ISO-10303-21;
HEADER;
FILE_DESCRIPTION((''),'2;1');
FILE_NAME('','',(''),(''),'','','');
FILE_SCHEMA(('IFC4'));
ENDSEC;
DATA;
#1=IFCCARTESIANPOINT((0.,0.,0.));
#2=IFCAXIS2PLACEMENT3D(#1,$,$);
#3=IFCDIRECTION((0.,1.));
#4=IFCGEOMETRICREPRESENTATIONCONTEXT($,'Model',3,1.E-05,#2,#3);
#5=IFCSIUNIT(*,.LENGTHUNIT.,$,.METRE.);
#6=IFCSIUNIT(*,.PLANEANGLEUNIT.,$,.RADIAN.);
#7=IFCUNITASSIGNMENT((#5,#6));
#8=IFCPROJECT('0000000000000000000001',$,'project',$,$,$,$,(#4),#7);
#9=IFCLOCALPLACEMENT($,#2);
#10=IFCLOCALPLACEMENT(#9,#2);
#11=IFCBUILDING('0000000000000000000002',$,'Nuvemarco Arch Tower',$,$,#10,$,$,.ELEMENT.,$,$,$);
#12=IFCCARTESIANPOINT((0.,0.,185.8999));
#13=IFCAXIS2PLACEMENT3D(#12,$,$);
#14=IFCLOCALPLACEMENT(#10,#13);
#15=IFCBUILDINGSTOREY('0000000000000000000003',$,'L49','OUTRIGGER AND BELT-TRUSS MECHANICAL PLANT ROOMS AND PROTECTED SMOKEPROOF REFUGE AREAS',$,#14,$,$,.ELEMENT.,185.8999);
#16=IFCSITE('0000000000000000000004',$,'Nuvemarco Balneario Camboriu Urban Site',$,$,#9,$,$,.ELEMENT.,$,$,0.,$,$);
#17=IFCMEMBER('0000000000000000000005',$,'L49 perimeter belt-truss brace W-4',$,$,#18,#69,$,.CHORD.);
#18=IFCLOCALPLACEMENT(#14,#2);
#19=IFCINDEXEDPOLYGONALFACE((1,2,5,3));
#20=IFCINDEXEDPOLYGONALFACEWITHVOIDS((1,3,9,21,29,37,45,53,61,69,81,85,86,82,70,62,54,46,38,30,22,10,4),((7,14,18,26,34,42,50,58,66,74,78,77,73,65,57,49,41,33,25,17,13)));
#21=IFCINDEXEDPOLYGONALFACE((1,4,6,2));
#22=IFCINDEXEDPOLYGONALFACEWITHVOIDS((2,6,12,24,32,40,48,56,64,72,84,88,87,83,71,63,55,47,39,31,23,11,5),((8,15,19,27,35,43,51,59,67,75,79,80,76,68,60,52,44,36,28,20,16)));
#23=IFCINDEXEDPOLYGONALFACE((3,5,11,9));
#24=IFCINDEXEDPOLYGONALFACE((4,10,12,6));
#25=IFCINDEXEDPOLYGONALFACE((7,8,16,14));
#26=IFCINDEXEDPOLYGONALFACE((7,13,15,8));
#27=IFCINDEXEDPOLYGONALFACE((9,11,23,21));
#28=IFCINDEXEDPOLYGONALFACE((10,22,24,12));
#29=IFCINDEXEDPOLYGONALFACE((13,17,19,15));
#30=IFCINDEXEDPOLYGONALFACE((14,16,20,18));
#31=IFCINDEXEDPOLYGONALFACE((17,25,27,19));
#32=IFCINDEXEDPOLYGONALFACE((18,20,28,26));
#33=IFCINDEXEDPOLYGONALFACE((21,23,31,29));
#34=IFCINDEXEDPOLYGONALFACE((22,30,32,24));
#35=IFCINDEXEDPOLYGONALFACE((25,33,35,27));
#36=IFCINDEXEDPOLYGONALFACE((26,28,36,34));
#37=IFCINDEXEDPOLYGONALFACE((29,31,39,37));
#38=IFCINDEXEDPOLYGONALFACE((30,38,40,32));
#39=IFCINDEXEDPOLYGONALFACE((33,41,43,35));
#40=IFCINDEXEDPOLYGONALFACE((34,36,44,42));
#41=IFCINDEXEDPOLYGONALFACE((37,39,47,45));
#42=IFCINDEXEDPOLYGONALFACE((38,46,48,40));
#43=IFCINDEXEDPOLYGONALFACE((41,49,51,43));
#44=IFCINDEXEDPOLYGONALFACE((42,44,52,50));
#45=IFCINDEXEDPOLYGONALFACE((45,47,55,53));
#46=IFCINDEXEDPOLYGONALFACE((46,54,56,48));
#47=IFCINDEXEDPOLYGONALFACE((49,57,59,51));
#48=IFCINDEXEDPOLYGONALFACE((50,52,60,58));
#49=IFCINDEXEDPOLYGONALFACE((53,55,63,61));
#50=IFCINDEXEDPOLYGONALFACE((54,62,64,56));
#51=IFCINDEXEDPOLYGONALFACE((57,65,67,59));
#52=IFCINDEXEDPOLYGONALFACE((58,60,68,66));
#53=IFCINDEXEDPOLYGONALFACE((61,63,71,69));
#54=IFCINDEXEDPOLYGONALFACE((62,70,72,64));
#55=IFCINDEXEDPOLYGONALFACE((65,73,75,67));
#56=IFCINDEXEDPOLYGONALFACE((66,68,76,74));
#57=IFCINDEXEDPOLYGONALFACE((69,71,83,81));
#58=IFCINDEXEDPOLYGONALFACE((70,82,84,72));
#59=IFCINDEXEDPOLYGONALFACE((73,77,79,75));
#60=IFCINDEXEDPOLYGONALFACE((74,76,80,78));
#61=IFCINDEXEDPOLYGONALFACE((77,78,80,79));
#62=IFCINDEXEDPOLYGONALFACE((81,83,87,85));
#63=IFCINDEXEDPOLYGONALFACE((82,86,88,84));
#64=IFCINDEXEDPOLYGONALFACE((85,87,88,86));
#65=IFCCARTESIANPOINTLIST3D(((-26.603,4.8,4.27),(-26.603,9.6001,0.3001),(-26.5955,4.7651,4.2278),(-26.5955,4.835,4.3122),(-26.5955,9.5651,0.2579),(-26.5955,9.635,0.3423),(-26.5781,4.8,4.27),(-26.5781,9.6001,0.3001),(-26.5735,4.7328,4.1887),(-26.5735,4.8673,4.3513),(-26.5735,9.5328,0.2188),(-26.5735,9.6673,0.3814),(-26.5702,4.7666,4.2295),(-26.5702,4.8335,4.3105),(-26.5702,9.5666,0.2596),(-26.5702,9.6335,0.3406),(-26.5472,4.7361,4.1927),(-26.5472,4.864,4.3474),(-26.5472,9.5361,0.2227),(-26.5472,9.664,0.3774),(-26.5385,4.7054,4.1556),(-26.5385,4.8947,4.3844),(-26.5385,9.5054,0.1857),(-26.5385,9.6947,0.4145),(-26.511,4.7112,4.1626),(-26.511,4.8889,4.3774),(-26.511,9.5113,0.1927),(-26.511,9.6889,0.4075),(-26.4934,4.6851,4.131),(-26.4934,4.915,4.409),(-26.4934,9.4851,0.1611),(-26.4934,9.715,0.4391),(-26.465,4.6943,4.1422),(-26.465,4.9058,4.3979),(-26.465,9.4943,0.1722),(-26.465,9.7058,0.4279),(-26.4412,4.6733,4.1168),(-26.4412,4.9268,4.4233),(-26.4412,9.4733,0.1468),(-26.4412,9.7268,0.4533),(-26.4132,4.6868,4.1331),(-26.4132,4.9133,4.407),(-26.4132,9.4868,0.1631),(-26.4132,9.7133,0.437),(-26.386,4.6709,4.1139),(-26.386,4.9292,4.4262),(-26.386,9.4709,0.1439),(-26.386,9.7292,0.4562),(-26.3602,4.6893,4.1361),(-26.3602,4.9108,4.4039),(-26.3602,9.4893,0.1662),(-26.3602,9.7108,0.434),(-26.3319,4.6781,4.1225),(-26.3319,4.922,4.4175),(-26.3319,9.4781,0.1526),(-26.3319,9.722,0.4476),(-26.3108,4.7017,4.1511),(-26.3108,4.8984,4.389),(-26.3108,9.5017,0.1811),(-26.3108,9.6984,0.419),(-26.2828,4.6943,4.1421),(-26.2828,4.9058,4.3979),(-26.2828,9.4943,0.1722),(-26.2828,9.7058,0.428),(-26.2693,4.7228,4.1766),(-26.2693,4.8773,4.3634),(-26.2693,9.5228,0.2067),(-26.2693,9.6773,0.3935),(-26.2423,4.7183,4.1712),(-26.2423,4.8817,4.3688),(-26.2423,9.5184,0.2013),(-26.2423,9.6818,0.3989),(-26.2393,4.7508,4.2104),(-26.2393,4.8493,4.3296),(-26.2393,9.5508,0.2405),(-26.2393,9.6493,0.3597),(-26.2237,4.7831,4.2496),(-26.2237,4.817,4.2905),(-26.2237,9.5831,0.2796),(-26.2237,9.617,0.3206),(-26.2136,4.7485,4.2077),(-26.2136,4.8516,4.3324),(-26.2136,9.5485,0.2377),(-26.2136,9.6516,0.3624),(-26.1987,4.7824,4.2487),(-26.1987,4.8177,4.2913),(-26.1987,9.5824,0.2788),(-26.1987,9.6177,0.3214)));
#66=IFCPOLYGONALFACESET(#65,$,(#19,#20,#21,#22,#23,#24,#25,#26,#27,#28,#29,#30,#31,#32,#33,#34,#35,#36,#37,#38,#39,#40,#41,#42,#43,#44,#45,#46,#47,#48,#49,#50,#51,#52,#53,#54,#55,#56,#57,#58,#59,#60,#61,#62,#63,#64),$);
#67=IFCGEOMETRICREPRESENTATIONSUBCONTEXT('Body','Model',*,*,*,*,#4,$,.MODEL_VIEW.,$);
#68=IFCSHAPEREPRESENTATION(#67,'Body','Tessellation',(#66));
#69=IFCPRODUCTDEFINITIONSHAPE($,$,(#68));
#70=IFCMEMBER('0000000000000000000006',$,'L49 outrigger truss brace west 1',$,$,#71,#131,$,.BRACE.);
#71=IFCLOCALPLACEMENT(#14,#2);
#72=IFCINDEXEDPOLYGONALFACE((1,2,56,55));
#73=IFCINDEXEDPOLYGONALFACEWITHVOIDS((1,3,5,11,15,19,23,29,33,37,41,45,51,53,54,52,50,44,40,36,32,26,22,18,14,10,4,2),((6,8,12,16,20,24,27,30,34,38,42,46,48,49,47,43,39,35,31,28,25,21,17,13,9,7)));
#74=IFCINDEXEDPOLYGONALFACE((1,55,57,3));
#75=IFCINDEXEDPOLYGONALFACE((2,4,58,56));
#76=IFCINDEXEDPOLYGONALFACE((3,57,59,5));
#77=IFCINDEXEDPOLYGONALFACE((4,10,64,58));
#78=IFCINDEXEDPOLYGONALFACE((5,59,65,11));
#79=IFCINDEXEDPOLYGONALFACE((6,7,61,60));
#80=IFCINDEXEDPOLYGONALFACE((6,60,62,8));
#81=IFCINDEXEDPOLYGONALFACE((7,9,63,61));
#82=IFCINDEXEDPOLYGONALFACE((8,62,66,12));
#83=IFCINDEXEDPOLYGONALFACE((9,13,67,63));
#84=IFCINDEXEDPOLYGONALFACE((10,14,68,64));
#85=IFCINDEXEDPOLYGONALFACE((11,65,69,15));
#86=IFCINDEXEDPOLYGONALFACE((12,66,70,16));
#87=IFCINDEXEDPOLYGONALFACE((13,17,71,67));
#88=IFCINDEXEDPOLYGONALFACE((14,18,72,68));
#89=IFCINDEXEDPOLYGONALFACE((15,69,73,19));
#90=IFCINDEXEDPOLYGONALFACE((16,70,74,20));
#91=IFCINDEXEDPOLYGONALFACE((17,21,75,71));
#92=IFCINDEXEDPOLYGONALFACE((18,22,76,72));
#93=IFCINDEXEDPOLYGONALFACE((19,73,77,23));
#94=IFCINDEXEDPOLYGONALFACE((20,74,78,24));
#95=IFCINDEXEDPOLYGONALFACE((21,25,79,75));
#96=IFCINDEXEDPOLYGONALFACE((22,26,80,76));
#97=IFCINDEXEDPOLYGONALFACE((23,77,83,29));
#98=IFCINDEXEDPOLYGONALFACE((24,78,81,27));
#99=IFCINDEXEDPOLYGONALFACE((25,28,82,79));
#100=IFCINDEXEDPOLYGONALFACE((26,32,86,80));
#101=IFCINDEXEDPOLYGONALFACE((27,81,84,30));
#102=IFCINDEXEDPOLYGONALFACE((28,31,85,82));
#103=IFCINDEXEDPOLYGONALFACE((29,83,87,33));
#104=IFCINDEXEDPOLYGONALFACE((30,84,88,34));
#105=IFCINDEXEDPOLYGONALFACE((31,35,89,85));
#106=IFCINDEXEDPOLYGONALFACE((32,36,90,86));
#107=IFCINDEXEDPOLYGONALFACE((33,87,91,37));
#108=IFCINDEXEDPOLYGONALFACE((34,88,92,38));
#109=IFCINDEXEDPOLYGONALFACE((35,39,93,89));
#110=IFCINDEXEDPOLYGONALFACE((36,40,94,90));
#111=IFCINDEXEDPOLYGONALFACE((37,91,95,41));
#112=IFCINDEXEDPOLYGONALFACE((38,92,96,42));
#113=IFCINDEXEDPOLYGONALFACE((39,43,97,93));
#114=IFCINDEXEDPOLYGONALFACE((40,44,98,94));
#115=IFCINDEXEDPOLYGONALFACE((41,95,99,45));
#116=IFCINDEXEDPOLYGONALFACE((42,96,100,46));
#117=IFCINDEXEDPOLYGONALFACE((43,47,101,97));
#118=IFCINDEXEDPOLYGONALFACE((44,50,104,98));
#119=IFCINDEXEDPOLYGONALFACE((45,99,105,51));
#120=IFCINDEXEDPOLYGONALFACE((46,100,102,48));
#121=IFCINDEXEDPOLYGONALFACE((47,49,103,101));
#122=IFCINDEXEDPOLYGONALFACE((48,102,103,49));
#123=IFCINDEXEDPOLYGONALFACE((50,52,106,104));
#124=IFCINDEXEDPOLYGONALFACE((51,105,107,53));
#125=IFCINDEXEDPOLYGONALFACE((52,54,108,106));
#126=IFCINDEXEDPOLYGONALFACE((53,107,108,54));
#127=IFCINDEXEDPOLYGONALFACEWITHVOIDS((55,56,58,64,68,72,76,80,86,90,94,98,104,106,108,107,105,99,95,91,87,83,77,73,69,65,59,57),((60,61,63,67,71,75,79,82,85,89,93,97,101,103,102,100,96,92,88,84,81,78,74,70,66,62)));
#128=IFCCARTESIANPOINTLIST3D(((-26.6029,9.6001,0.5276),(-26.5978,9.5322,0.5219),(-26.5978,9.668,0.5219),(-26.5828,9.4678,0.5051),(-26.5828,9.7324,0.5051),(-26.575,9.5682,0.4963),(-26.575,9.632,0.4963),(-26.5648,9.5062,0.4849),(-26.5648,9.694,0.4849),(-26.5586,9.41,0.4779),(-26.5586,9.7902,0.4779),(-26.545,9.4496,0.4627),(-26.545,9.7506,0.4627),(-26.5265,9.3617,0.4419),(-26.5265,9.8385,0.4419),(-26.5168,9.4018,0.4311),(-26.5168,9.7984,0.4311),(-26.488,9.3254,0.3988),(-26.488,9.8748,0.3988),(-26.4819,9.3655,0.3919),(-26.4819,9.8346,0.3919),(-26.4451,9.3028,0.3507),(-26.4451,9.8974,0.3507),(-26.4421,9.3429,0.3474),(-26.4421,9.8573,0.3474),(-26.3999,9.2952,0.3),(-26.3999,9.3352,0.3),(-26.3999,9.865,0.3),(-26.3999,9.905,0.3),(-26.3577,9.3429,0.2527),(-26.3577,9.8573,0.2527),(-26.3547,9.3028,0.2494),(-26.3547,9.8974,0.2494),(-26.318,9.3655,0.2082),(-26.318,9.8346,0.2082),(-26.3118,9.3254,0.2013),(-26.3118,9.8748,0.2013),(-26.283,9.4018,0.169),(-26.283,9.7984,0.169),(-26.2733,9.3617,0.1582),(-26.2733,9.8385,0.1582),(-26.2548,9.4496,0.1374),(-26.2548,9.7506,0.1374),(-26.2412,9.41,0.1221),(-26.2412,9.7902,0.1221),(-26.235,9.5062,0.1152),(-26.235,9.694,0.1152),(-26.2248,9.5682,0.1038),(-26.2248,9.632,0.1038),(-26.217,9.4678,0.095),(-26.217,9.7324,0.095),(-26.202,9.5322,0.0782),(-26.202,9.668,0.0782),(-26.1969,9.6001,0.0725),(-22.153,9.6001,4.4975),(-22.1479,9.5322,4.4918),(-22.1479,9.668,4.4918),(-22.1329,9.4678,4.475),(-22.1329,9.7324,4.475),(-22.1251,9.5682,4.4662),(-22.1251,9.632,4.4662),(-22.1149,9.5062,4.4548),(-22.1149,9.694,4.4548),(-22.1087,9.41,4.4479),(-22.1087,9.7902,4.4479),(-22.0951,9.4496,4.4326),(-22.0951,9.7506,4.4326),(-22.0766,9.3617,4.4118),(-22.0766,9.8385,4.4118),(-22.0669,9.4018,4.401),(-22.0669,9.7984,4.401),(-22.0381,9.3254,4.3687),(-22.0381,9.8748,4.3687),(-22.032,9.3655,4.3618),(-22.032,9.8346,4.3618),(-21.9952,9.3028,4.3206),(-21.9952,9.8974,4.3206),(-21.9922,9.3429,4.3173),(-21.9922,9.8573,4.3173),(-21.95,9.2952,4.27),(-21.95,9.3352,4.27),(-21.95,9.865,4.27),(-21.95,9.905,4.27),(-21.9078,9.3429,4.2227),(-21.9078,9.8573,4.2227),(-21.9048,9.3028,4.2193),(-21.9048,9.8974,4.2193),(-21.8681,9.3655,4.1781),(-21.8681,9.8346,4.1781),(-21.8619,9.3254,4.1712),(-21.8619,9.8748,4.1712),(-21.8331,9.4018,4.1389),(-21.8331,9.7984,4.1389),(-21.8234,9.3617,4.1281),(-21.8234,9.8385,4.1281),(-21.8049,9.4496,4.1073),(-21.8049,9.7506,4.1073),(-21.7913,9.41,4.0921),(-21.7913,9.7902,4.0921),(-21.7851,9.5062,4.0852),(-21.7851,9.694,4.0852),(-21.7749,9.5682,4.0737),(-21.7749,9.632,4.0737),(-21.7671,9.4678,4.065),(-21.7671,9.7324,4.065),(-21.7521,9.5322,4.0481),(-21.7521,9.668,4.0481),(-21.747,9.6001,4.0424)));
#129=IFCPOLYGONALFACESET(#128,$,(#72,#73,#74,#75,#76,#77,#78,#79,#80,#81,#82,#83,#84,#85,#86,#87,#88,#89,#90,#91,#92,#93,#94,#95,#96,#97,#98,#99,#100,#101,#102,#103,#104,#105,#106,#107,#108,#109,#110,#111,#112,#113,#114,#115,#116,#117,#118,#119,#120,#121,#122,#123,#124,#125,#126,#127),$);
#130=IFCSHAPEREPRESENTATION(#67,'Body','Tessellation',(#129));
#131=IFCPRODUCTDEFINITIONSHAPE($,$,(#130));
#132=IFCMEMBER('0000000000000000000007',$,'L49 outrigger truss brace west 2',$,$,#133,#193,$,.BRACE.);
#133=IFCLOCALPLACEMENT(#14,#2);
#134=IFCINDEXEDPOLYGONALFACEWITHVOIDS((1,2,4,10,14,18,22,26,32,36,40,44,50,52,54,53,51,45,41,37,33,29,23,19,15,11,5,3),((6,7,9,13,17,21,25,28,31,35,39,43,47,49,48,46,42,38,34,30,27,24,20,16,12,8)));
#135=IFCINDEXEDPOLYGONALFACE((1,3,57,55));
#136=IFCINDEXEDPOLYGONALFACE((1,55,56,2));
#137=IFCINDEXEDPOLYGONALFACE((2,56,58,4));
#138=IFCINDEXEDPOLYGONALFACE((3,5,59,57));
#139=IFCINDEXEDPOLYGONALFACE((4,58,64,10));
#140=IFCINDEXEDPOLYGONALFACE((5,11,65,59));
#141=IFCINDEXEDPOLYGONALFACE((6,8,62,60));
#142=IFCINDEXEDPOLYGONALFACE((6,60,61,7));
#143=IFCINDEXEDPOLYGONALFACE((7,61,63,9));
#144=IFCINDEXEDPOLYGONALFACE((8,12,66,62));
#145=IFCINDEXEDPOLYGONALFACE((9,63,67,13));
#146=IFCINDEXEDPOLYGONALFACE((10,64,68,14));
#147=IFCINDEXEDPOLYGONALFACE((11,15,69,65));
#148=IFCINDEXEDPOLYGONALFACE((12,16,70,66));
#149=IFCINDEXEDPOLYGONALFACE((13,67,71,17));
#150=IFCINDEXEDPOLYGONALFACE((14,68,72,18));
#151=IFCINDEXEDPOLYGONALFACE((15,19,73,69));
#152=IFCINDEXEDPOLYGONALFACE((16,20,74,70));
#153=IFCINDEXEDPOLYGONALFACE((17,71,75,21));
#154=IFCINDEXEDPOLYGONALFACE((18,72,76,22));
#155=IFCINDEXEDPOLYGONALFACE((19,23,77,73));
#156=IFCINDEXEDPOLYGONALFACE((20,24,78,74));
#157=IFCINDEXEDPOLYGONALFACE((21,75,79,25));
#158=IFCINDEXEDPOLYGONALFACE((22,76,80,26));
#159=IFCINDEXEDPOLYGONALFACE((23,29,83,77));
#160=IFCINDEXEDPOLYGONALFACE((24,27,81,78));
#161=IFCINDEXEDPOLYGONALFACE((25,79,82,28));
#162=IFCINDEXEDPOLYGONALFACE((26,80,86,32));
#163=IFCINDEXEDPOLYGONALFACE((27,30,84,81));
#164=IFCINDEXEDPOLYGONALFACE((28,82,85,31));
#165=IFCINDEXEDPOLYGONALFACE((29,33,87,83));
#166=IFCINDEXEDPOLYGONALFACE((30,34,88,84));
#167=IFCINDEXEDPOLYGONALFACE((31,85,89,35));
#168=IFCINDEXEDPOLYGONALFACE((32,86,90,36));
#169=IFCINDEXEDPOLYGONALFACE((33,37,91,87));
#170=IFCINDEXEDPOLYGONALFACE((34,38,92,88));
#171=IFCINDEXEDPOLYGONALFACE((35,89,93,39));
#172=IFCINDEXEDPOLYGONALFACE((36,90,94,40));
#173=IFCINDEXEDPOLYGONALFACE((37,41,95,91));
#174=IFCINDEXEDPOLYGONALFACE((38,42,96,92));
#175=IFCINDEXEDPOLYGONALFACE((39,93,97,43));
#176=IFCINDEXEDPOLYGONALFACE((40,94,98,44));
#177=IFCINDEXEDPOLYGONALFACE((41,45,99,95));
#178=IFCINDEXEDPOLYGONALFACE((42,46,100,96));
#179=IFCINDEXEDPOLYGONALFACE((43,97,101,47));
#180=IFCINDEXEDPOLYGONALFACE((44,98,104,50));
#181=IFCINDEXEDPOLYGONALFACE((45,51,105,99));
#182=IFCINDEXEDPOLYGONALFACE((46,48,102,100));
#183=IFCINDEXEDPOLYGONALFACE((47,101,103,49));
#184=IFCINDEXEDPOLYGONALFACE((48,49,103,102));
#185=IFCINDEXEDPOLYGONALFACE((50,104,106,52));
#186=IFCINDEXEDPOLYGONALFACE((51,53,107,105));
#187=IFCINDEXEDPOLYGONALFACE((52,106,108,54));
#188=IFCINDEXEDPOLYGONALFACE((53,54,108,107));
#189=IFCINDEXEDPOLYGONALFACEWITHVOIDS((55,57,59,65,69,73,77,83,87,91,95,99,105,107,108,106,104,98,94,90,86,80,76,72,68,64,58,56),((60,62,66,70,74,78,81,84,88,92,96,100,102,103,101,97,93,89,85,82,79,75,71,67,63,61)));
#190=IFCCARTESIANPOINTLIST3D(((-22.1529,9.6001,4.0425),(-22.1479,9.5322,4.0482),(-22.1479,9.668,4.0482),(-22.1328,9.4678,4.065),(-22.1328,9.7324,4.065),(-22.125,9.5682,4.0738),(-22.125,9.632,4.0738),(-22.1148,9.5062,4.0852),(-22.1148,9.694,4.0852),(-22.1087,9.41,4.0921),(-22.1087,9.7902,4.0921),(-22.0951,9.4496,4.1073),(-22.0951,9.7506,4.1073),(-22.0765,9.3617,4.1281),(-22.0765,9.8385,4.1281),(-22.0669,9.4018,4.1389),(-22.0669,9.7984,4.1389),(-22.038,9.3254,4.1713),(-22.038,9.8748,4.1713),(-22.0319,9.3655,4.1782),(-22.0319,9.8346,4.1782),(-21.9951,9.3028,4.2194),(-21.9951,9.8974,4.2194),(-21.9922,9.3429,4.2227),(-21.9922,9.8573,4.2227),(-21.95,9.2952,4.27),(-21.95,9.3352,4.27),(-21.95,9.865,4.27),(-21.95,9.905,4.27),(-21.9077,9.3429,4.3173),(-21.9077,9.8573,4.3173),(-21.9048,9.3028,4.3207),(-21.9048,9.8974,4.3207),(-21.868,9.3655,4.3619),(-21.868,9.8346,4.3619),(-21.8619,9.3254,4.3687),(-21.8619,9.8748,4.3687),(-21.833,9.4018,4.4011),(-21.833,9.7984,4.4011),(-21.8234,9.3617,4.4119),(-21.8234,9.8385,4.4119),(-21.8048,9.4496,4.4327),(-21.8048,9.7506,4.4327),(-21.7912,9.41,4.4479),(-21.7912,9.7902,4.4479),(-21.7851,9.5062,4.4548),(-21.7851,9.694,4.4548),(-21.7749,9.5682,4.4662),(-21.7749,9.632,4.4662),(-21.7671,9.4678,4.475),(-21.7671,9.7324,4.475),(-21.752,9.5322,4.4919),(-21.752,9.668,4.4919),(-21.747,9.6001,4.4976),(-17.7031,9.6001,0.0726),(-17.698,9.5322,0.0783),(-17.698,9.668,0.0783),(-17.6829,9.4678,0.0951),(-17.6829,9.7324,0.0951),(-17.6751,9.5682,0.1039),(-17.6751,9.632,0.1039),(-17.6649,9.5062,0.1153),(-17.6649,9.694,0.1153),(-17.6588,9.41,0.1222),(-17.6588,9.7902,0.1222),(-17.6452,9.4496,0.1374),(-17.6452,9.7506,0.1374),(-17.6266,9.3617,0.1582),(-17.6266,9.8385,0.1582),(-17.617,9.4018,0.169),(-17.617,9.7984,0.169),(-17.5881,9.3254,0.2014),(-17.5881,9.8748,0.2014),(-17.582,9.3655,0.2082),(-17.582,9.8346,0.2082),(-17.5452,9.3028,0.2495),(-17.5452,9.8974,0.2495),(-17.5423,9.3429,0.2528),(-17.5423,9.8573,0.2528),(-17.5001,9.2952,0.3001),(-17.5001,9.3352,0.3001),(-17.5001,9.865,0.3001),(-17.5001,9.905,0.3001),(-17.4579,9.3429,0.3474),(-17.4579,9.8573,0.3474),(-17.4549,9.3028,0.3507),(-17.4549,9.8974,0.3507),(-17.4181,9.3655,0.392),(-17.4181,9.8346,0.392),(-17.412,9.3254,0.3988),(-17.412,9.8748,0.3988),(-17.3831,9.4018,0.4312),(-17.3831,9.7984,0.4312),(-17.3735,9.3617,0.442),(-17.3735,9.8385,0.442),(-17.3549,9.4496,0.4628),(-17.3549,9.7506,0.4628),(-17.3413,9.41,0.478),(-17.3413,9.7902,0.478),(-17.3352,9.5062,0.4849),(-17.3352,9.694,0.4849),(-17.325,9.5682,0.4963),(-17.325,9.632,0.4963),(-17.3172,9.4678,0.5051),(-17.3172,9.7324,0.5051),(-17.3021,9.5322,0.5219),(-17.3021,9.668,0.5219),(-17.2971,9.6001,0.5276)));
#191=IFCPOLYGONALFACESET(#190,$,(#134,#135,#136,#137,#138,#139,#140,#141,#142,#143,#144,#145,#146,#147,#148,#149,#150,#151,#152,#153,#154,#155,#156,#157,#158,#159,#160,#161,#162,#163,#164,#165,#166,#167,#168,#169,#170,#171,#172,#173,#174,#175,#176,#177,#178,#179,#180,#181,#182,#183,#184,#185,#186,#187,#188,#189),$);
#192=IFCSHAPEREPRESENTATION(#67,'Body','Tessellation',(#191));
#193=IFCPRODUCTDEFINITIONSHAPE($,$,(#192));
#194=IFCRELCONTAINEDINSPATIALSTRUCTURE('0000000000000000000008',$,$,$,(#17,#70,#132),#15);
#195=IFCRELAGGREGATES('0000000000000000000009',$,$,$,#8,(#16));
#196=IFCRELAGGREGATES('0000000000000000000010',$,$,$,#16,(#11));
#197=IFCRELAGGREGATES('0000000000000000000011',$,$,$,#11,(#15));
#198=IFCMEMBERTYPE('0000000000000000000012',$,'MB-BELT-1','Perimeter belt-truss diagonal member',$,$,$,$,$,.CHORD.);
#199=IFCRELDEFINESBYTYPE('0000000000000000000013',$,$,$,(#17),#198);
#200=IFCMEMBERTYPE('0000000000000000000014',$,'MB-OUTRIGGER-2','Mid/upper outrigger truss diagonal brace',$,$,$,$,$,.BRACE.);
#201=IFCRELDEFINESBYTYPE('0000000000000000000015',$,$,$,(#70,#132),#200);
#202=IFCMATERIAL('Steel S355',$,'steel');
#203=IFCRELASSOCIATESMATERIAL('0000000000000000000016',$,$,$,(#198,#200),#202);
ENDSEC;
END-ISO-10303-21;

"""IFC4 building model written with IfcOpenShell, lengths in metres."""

from ifc_helpers import new_model, si_unit, direction, frame, origin, origin_2d, place, context, subcontext, project, spatial, hollow_circle, extrude, material, material_profile, profile_set, type_object, element, save


model = new_model("IFC4")

# Units and contexts
model_context = context("Model", 3, precision=1e-05, world=origin(), true_north=direction((0.0, 1.0)))
body_context = subcontext(model_context, "Body", "Model", "MODEL_VIEW")
ifc_project = project(units=[si_unit("LENGTHUNIT", "METRE"), si_unit("PLANEANGLEUNIT", "RADIAN")], contexts=[model_context])

# Site, building, storey
site_placement = place(None, origin())
site = spatial("IfcSite", under=ifc_project, at=site_placement, Name="Nuvemarco Balneario Camboriu Urban Site", CompositionType="ELEMENT", RefElevation=0.0)
building_placement = place(site_placement, origin())
building = spatial("IfcBuilding", under=site, at=building_placement, Name="Nuvemarco Arch Tower", CompositionType="ELEMENT")
storey_placement = place(building_placement, frame((0.0, 0.0, 185.8999)))
storey = spatial("IfcBuildingStorey", under=building, at=storey_placement, Name="L49", Description="OUTRIGGER AND BELT-TRUSS MECHANICAL PLANT ROOMS AND PROTECTED SMOKEPROOF REFUGE AREAS", CompositionType="ELEMENT", Elevation=185.8999)

# Shared definitions
ifc_material_1 = material(Name="Steel S355", Category="steel")

# Members
ifc_material_profile_1 = material_profile(ifc_material_1, hollow_circle(Radius=0.2031, WallThickness=0.0249, at=origin_2d()), Name="CHS406.4x25")
ifc_profile_set_1 = profile_set([ifc_material_profile_1], Name="Steel S355")
member_type_1 = type_object("IfcMemberType", Name="MB-BELT-1", Description="Perimeter belt-truss diagonal member", PredefinedType="CHORD", material=ifc_profile_set_1)
for number, where, z_axis, x_axis, name in (
    (1, (-26.3999, 4.8, 4.27), (0.0, 0.77059, -0.637331), (-1.0, 0.0, 0.0), "L49 perimeter belt-truss brace W-4"),
):
    element("IfcMember", number, at=place(storey_placement, frame(where, z_axis=z_axis, x_axis=x_axis)), inside=storey, type_object=member_type_1, Name=name, PredefinedType="CHORD", context=body_context, shape_type="SweptSolid", body=[
        extrude(hollow_circle(Radius=0.2031, WallThickness=0.0249, at=origin_2d()), origin(), (0.0, 0.0, 1.0), 6.229),
    ])
ifc_material_profile_2 = material_profile(ifc_material_1, hollow_circle(Radius=0.3049, WallThickness=0.04, at=origin_2d()), Name="CHS610x40")
ifc_profile_set_2 = profile_set([ifc_material_profile_2], Name="Steel S355")
member_type_2 = type_object("IfcMemberType", Name="MB-OUTRIGGER-2", Description="Mid/upper outrigger truss diagonal brace", PredefinedType="BRACE", material=ifc_profile_set_2)
for number, where, z_axis, x_axis, name in (
    (2, (-26.3999, 9.6001, 0.3), (0.746204, 0.0, 0.665717), (0.0, 1.0, 0.0), "L49 outrigger truss brace west 1"),
    (3, (-21.95, 9.6001, 4.27), (0.746204, 0.0, -0.665717), (0.0, 1.0, 0.0), "L49 outrigger truss brace west 2"),
):
    element("IfcMember", number, at=place(storey_placement, frame(where, z_axis=z_axis, x_axis=x_axis)), inside=storey, type_object=member_type_2, Name=name, PredefinedType="BRACE", context=body_context, shape_type="SweptSolid", body=[
        extrude(hollow_circle(Radius=0.3049, WallThickness=0.04, at=origin_2d()), origin(), (0.0, 0.0, 1.0), 5.9634),
    ])

save(model, "model.ifc")
